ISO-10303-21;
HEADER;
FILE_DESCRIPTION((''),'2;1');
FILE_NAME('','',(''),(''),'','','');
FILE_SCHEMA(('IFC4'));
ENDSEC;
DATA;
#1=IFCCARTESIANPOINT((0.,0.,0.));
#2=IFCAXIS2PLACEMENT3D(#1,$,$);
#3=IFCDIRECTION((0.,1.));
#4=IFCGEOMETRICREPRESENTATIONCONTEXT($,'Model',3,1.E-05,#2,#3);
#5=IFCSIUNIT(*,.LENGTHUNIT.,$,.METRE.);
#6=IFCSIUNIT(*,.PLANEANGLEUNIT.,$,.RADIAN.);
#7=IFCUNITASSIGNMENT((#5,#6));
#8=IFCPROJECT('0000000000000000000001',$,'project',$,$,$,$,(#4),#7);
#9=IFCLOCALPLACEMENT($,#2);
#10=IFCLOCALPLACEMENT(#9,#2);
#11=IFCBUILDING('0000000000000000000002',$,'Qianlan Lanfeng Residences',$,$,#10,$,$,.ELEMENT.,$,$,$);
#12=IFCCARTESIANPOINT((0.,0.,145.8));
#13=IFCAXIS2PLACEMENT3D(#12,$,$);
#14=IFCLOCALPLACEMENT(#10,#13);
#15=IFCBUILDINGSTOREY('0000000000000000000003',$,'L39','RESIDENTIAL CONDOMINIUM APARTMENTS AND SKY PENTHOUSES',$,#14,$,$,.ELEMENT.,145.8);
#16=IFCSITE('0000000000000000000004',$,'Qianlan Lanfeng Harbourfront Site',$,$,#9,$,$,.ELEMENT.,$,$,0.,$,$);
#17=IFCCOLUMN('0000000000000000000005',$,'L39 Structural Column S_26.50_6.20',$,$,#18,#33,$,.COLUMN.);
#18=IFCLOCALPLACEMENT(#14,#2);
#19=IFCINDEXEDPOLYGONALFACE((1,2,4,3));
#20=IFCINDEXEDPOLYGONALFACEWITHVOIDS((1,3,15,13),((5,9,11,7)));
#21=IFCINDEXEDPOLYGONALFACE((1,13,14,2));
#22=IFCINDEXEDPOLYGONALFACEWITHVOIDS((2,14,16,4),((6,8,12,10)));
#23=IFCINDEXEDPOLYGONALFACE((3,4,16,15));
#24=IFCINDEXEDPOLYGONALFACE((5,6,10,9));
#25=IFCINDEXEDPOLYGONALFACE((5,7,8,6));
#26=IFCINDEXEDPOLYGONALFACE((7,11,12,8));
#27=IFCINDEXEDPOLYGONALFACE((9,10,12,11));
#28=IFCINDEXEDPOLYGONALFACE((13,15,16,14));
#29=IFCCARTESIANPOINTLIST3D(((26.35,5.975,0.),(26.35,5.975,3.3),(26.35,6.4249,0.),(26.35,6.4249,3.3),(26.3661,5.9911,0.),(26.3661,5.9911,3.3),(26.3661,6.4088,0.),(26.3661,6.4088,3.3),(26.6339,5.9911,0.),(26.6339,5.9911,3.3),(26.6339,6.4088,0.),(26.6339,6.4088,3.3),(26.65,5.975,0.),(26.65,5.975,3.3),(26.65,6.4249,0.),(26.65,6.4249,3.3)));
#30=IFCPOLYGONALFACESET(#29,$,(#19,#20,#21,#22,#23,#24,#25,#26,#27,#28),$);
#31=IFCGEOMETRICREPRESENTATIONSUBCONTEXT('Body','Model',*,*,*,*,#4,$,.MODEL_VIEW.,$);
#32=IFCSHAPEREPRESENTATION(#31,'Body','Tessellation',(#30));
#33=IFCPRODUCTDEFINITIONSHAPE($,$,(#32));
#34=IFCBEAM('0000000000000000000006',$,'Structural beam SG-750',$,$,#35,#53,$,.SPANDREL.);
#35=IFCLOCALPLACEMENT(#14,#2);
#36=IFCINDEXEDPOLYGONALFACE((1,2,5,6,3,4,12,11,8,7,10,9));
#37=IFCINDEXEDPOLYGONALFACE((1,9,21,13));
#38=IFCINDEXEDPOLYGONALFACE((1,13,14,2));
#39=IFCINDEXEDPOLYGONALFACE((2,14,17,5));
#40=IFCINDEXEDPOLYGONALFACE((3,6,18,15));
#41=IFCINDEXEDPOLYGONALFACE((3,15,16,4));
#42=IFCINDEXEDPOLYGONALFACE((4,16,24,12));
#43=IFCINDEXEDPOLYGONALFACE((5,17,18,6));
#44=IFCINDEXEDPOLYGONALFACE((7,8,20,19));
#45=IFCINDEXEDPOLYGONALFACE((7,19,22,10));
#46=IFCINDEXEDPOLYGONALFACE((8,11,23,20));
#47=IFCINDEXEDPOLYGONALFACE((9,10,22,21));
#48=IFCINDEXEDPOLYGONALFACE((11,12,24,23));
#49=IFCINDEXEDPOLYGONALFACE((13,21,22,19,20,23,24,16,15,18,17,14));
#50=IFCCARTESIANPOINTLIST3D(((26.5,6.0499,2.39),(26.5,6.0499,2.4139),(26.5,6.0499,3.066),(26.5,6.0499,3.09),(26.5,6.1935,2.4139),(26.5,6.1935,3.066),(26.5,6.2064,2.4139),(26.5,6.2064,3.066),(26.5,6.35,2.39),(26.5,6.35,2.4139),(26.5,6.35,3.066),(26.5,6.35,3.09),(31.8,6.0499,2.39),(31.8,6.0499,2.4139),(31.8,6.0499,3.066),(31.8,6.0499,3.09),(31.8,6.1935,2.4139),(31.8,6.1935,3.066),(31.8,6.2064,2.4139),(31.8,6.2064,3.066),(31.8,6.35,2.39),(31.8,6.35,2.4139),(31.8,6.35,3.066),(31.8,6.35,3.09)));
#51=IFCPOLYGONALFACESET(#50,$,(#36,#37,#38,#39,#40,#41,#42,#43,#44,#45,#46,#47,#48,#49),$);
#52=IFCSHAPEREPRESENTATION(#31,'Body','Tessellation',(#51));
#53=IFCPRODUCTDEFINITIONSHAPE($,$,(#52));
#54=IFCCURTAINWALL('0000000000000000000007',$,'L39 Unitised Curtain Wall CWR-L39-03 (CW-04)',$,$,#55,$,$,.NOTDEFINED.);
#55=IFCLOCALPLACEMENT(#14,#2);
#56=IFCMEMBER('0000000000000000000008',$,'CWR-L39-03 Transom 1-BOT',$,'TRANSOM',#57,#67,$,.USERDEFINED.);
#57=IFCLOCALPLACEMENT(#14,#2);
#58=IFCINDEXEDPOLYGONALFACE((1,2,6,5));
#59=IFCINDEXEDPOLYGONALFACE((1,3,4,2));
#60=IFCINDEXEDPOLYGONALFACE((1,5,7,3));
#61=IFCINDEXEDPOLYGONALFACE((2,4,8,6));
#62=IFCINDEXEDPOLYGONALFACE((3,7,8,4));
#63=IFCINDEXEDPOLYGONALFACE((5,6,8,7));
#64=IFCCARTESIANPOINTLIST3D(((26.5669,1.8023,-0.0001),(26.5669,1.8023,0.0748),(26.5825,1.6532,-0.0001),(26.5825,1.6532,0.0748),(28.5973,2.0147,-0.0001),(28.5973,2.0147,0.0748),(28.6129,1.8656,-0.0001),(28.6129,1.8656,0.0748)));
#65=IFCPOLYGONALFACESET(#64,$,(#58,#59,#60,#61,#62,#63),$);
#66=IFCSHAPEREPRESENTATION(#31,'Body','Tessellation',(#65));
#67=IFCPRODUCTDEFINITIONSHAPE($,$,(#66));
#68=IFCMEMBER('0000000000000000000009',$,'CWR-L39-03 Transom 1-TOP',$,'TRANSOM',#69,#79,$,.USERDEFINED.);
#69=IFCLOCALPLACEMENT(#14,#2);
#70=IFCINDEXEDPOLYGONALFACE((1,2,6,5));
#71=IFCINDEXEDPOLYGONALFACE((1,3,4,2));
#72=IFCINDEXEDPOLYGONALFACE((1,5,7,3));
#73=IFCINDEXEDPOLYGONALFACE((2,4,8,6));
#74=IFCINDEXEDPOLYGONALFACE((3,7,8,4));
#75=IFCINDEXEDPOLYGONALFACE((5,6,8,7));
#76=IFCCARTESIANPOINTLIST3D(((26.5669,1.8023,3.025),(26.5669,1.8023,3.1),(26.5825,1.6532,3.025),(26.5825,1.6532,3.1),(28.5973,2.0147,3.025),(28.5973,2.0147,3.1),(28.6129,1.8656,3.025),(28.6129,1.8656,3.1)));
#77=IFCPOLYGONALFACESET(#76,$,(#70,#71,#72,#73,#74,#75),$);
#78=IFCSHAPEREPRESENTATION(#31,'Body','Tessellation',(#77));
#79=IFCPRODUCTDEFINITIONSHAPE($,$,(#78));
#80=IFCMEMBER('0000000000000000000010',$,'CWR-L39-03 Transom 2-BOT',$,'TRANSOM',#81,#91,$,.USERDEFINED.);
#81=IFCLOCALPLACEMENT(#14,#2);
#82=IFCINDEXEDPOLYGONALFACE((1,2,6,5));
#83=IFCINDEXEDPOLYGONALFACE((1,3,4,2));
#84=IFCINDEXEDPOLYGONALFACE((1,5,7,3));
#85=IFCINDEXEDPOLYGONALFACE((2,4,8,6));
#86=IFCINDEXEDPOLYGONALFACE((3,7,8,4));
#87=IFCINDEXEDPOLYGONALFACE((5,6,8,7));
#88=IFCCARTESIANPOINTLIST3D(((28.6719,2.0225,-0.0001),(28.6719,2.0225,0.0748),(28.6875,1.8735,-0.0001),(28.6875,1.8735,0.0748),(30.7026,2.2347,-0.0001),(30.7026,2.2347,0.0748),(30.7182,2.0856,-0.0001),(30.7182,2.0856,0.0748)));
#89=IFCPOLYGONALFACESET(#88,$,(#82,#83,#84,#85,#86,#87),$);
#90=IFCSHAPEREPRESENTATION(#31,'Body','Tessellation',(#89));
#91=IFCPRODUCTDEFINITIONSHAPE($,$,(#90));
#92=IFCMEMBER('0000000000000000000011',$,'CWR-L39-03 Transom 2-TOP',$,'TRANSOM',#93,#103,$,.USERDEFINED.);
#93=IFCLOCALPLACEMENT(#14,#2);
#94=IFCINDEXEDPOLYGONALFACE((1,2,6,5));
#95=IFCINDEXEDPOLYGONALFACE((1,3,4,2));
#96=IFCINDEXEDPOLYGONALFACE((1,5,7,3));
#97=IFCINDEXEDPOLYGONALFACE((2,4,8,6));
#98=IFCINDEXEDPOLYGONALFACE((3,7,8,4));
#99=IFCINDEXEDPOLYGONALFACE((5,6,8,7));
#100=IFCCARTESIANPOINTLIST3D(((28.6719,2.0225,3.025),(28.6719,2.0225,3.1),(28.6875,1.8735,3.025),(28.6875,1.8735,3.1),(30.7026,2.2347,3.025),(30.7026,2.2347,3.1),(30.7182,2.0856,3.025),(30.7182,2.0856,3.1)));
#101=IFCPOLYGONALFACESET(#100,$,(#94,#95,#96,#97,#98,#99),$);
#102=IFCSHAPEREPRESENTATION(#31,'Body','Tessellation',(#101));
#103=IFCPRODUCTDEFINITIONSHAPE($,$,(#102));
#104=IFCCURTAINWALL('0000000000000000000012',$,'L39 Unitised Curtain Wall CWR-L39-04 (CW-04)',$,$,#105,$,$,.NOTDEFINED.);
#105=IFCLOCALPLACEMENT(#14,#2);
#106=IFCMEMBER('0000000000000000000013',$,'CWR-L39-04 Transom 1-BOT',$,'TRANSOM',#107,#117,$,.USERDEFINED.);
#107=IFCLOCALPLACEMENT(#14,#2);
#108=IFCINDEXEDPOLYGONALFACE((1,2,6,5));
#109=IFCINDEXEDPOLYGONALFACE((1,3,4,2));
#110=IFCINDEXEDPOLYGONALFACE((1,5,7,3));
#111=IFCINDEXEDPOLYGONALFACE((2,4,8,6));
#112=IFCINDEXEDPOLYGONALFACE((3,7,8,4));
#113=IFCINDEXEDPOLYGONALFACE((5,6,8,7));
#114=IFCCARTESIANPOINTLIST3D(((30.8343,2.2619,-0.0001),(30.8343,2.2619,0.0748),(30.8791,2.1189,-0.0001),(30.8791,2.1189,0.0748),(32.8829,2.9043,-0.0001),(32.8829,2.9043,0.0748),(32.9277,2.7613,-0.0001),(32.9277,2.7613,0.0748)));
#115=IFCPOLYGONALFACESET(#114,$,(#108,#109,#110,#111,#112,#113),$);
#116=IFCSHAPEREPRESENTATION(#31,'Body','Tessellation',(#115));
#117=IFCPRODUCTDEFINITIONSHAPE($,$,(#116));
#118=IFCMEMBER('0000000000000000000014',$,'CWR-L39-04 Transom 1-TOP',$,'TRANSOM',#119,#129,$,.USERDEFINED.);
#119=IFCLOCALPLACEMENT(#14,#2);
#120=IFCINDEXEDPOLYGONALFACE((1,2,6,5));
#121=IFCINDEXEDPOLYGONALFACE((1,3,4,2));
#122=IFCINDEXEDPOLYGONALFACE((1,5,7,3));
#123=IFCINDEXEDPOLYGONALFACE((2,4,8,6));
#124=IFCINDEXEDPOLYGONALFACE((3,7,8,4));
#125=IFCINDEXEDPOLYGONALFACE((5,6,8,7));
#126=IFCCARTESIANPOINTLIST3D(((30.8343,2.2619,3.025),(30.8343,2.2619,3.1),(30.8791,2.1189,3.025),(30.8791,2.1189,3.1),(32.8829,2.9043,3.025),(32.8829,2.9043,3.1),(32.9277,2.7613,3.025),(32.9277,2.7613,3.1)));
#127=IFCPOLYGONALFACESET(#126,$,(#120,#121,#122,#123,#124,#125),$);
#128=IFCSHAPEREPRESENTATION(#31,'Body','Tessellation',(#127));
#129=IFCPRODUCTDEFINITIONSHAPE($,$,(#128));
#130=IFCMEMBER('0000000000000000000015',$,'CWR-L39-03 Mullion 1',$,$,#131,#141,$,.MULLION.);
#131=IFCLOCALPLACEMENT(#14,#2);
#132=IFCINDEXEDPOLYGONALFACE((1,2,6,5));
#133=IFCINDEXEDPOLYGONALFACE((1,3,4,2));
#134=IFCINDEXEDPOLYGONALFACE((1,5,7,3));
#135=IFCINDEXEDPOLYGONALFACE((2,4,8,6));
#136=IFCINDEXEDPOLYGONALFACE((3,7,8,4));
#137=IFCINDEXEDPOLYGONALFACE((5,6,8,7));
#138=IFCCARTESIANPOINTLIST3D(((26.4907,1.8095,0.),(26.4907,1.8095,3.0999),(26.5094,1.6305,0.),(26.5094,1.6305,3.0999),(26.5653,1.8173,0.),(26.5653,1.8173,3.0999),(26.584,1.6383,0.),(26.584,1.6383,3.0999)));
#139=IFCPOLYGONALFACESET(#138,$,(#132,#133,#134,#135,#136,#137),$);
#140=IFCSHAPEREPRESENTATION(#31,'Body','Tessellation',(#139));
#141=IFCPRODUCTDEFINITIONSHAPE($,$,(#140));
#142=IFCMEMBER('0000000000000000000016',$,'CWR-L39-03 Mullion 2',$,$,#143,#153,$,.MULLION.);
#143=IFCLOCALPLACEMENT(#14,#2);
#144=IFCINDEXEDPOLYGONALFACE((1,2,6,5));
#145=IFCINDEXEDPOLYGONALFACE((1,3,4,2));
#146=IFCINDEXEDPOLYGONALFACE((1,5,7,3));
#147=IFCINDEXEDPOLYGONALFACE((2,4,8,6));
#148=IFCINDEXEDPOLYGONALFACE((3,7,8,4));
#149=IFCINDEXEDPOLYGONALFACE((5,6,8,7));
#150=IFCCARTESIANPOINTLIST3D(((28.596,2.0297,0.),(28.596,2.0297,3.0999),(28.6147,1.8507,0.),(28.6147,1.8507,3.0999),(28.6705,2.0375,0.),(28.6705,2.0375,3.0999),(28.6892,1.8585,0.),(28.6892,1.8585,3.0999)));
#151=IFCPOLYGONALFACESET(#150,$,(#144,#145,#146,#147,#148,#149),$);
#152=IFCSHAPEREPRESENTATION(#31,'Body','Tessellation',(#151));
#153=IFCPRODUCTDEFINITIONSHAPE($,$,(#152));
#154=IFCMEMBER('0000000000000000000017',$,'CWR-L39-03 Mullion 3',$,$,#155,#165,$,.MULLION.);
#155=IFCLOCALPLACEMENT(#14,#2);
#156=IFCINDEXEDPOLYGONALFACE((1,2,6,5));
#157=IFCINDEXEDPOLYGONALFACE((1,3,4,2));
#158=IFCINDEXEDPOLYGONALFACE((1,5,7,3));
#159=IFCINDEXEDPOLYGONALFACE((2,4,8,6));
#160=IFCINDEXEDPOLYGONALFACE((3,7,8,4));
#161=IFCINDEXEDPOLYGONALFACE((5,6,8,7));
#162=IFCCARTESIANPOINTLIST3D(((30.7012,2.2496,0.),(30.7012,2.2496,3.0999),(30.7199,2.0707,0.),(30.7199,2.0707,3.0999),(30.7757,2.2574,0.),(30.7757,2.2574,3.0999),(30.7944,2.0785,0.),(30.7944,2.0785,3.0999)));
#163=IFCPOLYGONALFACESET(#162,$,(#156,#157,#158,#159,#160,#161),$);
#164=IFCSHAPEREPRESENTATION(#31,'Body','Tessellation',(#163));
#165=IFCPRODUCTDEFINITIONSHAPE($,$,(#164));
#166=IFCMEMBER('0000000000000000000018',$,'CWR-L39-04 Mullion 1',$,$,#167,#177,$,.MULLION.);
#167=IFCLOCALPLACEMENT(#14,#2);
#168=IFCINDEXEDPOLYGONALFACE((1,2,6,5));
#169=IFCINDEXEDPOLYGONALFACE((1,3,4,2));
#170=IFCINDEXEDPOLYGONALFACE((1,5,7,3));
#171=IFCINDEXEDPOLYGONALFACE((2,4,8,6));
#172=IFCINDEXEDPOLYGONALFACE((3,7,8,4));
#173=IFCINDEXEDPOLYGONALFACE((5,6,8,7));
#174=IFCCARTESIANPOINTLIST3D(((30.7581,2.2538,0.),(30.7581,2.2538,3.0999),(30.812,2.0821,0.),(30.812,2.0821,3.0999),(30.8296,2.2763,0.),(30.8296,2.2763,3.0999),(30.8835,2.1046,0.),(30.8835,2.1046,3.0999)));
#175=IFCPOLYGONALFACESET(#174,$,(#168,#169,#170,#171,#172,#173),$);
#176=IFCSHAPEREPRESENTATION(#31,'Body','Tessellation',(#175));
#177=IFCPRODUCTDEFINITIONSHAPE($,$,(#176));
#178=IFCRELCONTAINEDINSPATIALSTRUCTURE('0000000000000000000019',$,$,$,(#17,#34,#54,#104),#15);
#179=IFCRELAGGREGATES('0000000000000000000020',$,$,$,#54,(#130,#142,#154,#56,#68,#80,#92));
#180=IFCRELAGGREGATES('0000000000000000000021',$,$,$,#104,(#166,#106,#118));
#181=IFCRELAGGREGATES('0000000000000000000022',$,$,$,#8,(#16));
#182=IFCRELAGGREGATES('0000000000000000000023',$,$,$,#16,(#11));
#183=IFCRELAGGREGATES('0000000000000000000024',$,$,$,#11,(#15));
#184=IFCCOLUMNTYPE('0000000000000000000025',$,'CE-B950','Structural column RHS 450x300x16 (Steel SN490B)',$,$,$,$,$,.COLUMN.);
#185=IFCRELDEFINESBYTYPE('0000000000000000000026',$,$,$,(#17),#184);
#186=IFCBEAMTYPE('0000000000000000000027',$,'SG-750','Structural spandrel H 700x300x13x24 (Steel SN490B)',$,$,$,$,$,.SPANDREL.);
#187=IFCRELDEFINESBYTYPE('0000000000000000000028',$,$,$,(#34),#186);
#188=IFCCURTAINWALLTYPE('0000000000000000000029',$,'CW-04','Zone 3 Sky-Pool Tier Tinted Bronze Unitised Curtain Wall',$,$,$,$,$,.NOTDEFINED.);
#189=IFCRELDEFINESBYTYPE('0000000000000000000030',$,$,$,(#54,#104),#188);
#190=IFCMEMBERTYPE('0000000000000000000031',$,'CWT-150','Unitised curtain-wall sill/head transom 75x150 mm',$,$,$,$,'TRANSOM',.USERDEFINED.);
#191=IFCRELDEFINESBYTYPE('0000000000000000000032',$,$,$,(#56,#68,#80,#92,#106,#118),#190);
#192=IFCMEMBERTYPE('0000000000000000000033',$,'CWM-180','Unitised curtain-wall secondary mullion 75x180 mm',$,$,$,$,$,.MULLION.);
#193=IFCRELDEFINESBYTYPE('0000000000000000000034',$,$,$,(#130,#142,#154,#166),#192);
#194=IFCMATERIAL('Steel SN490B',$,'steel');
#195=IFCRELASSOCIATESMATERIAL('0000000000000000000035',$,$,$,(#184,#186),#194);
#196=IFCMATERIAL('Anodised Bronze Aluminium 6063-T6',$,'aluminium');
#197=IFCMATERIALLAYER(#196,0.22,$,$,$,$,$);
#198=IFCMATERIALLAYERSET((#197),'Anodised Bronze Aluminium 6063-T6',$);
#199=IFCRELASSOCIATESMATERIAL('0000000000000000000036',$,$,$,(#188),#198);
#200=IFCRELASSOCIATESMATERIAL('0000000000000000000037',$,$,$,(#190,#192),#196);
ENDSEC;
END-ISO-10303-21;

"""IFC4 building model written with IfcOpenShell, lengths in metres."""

from ifc_helpers import new_model, si_unit, direction, frame, origin, origin_2d, place, context, subcontext, project, spatial, rectangle, hollow_rectangle, i_section, extrude, source, transform, mapped, material, layer, layer_set, material_profile, profile_set, type_object, element, aggregate, save


model = new_model("IFC4")

# Units and contexts
model_context = context("Model", 3, precision=1e-05, world=origin(), true_north=direction((0.0, 1.0)))
body_context = subcontext(model_context, "Body", "Model", "MODEL_VIEW")
ifc_project = project(units=[si_unit("LENGTHUNIT", "METRE"), si_unit("PLANEANGLEUNIT", "RADIAN")], contexts=[model_context])

# Site, building, storey
site_placement = place(None, origin())
site = spatial("IfcSite", under=ifc_project, at=site_placement, Name="Qianlan Lanfeng Harbourfront Site", CompositionType="ELEMENT", RefElevation=0.0)
building_placement = place(site_placement, origin())
building = spatial("IfcBuilding", under=site, at=building_placement, Name="Qianlan Lanfeng Residences", CompositionType="ELEMENT")
storey_placement = place(building_placement, frame((0.0, 0.0, 145.8)))
storey = spatial("IfcBuildingStorey", under=building, at=storey_placement, Name="L39", Description="RESIDENTIAL CONDOMINIUM APARTMENTS AND SKY PENTHOUSES", CompositionType="ELEMENT", Elevation=145.8)

# Column
ifc_material_1 = material(Name="Steel SN490B", Category="steel")
ifc_material_profile_1 = material_profile(ifc_material_1, hollow_rectangle(XDim=0.3, YDim=0.45, WallThickness=0.0161, at=origin_2d()), Name="RHS 450x300x16")
ifc_profile_set_1 = profile_set([ifc_material_profile_1], Name="Steel SN490B")
column_type = type_object("IfcColumnType", Name="CE-B950", Description="Structural column RHS 450x300x16 (Steel SN490B)", PredefinedType="COLUMN", material=ifc_profile_set_1)
column_placement = place(storey_placement, frame((26.5, 6.2, 0.0), z_axis=(0.0, 0.0, 1.0), x_axis=(1.0, 0.0, 0.0)))
element("IfcColumn", 1, at=column_placement, inside=storey, type_object=column_type, Name="L39 Structural Column S_26.50_6.20", PredefinedType="COLUMN", context=body_context, shape_type="SweptSolid", body=[
    extrude(hollow_rectangle(XDim=0.3, YDim=0.45, WallThickness=0.0161, at=origin_2d()), origin(), (0.0, 0.0, 1.0), 3.3),
])

# Beam
ifc_material_profile_2 = material_profile(ifc_material_1, i_section(OverallWidth=0.3, OverallDepth=0.7, WebThickness=0.0129, FlangeThickness=0.0239, at=origin_2d()), Name="H 700x300x13x24")
ifc_profile_set_2 = profile_set([ifc_material_profile_2], Name="Steel SN490B")
beam_type = type_object("IfcBeamType", Name="SG-750", Description="Structural spandrel H 700x300x13x24 (Steel SN490B)", PredefinedType="SPANDREL", material=ifc_profile_set_2)
beam_placement = place(storey_placement, frame((26.5, 6.2, 2.74), z_axis=(1.0, 0.0, 0.0), x_axis=(0.0, 1.0, 0.0)))
element("IfcBeam", 2, at=beam_placement, inside=storey, type_object=beam_type, Name="Structural beam SG-750", PredefinedType="SPANDREL", context=body_context, shape_type="SweptSolid", body=[
    extrude(i_section(OverallWidth=0.3, OverallDepth=0.7, WebThickness=0.0129, FlangeThickness=0.0239, at=origin_2d()), origin(), (0.0, 0.0, 1.0), 5.3),
])

# Curtain walls, members
ifc_material_2 = material(Name="Anodised Bronze Aluminium 6063-T6", Category="aluminium")
ifc_layer_1 = layer(ifc_material_2, 0.22)
ifc_layer_set_1 = layer_set([ifc_layer_1], Name="Anodised Bronze Aluminium 6063-T6")
curtain_wall_type = type_object("IfcCurtainWallType", Name="CW-04", Description="Zone 3 Sky-Pool Tier Tinted Bronze Unitised Curtain Wall", PredefinedType="NOTDEFINED", material=ifc_layer_set_1)
curtain_wall_1_placement = place(storey_placement, origin())
curtain_wall_1 = element("IfcCurtainWall", 3, at=curtain_wall_1_placement, inside=storey, type_object=curtain_wall_type, Name="L39 Unitised Curtain Wall CWR-L39-03 (CW-04)", PredefinedType="NOTDEFINED")
ifc_material_profile_3 = material_profile(ifc_material_2, rectangle(XDim=0.075, YDim=0.1499, at=origin_2d()), Name="ALU TRANSOM 75x150")
ifc_profile_set_3 = profile_set([ifc_material_profile_3], Name="Anodised Bronze Aluminium 6063-T6")
member_type_1 = type_object("IfcMemberType", Name="CWT-150", Description="Unitised curtain-wall sill/head transom 75x150 mm", ElementType="TRANSOM", PredefinedType="USERDEFINED", material=ifc_profile_set_3)
shared_shape_1 = source(origin(), body_context, "Body", "SweptSolid", [
    extrude(rectangle(XDim=0.075, YDim=0.1499, at=origin_2d()), origin(), (0.0, 0.0, 1.0), 2.0415),
])
member_1_placement = place(storey_placement, frame((26.5747, 1.7278, 0.0374), z_axis=(0.994573, 0.104037, 0.0), x_axis=(0.0, 0.0, 1.0)))
member_1 = element("IfcMember", 4, at=member_1_placement, type_object=member_type_1, Name="CWR-L39-03 Transom 1-BOT", ObjectType="TRANSOM", PredefinedType="USERDEFINED", context=body_context, shape_type="MappedRepresentation", body=[
    mapped(shared_shape_1, transform((0.0, 0.0, 0.0), scale=1.0)),
])
member_2_placement = place(storey_placement, frame((26.5747, 1.7278, 3.0625), z_axis=(0.994573, 0.104037, 0.0), x_axis=(0.0, 0.0, 1.0)))
member_2 = element("IfcMember", 5, at=member_2_placement, type_object=member_type_1, Name="CWR-L39-03 Transom 1-TOP", ObjectType="TRANSOM", PredefinedType="USERDEFINED", context=body_context, shape_type="MappedRepresentation", body=[
    mapped(shared_shape_1, transform((0.0, 0.0, 0.0), scale=1.0)),
])
shared_shape_2 = source(origin(), body_context, "Body", "SweptSolid", [
    extrude(rectangle(XDim=0.075, YDim=0.1499, at=origin_2d()), origin(), (0.0, 0.0, 1.0), 2.0417),
])
member_3_placement = place(storey_placement, frame((28.6797, 1.948, 0.0374), z_axis=(0.994587, 0.103907, 0.0), x_axis=(0.0, 0.0, 1.0)))
member_3 = element("IfcMember", 6, at=member_3_placement, type_object=member_type_1, Name="CWR-L39-03 Transom 2-BOT", ObjectType="TRANSOM", PredefinedType="USERDEFINED", context=body_context, shape_type="MappedRepresentation", body=[
    mapped(shared_shape_2, transform((0.0, 0.0, 0.0), scale=1.0)),
])
member_4_placement = place(storey_placement, frame((28.6797, 1.948, 3.0625), z_axis=(0.994587, 0.103907, 0.0), x_axis=(0.0, 0.0, 1.0)))
member_4 = element("IfcMember", 7, at=member_4_placement, type_object=member_type_1, Name="CWR-L39-03 Transom 2-TOP", ObjectType="TRANSOM", PredefinedType="USERDEFINED", context=body_context, shape_type="MappedRepresentation", body=[
    mapped(shared_shape_2, transform((0.0, 0.0, 0.0), scale=1.0)),
])
curtain_wall_2_placement = place(storey_placement, origin())
curtain_wall_2 = element("IfcCurtainWall", 8, at=curtain_wall_2_placement, inside=storey, type_object=curtain_wall_type, Name="L39 Unitised Curtain Wall CWR-L39-04 (CW-04)", PredefinedType="NOTDEFINED")
shared_shape_3 = source(origin(), body_context, "Body", "SweptSolid", [
    extrude(rectangle(XDim=0.075, YDim=0.1499, at=origin_2d()), origin(), (0.0, 0.0, 1.0), 2.147),
])
member_5_placement = place(storey_placement, frame((30.8567, 2.1904, 0.0374), z_axis=(0.954194, 0.299188, 0.0), x_axis=(0.0, 0.0, 1.0)))
member_5 = element("IfcMember", 9, at=member_5_placement, type_object=member_type_1, Name="CWR-L39-04 Transom 1-BOT", ObjectType="TRANSOM", PredefinedType="USERDEFINED", context=body_context, shape_type="MappedRepresentation", body=[
    mapped(shared_shape_3, transform((0.0, 0.0, 0.0), scale=1.0)),
])
member_6_placement = place(storey_placement, frame((30.8567, 2.1904, 3.0625), z_axis=(0.954194, 0.299188, 0.0), x_axis=(0.0, 0.0, 1.0)))
member_6 = element("IfcMember", 10, at=member_6_placement, type_object=member_type_1, Name="CWR-L39-04 Transom 1-TOP", ObjectType="TRANSOM", PredefinedType="USERDEFINED", context=body_context, shape_type="MappedRepresentation", body=[
    mapped(shared_shape_3, transform((0.0, 0.0, 0.0), scale=1.0)),
])

# Members
ifc_material_profile_4 = material_profile(ifc_material_2, rectangle(XDim=0.075, YDim=0.1799, at=origin_2d()), Name="ALU MULLION 75x180")
ifc_profile_set_4 = profile_set([ifc_material_profile_4], Name="Anodised Bronze Aluminium 6063-T6")
member_type_2 = type_object("IfcMemberType", Name="CWM-180", Description="Unitised curtain-wall secondary mullion 75x180 mm", PredefinedType="MULLION", material=ifc_profile_set_4)
shared_shape_4 = source(origin(), body_context, "Body", "SweptSolid", [
    extrude(rectangle(XDim=0.075, YDim=0.1799, at=origin_2d()), origin(), (0.0, 0.0, 1.0), 3.0999),
])
member_7_placement = place(storey_placement, frame((26.5374, 1.7239, 0.0), z_axis=(0.0, 0.0, 1.0), x_axis=(0.994579, 0.103983, 0.0)))
member_7 = element("IfcMember", 11, at=member_7_placement, type_object=member_type_2, Name="CWR-L39-03 Mullion 1", PredefinedType="MULLION", context=body_context, shape_type="MappedRepresentation", body=[
    mapped(shared_shape_4, transform((0.0, 0.0, 0.0), scale=1.0)),
])
member_8_placement = place(storey_placement, frame((28.6426, 1.9441, 0.0), z_axis=(0.0, 0.0, 1.0), x_axis=(0.994579, 0.103983, 0.0)))
member_8 = element("IfcMember", 12, at=member_8_placement, type_object=member_type_2, Name="CWR-L39-03 Mullion 2", PredefinedType="MULLION", context=body_context, shape_type="MappedRepresentation", body=[
    mapped(shared_shape_4, transform((0.0, 0.0, 0.0), scale=1.0)),
])
member_9_placement = place(storey_placement, frame((30.7478, 2.1641, 0.0), z_axis=(0.0, 0.0, 1.0), x_axis=(0.994579, 0.103983, 0.0)))
member_9 = element("IfcMember", 13, at=member_9_placement, type_object=member_type_2, Name="CWR-L39-03 Mullion 3", PredefinedType="MULLION", context=body_context, shape_type="MappedRepresentation", body=[
    mapped(shared_shape_4, transform((0.0, 0.0, 0.0), scale=1.0)),
])
member_10_placement = place(storey_placement, frame((30.8208, 2.1792, 0.0), z_axis=(0.0, 0.0, 1.0), x_axis=(0.954196, 0.299182, 0.0)))
member_10 = element("IfcMember", 14, at=member_10_placement, type_object=member_type_2, Name="CWR-L39-04 Mullion 1", PredefinedType="MULLION", context=body_context, shape_type="MappedRepresentation", body=[
    mapped(shared_shape_4, transform((0.0, 0.0, 0.0), scale=1.0)),
])

aggregate(curtain_wall_1, [member_7, member_8, member_9, member_1, member_2, member_3, member_4])
aggregate(curtain_wall_2, [member_10, member_5, member_6])

save(model, "model.ifc")
